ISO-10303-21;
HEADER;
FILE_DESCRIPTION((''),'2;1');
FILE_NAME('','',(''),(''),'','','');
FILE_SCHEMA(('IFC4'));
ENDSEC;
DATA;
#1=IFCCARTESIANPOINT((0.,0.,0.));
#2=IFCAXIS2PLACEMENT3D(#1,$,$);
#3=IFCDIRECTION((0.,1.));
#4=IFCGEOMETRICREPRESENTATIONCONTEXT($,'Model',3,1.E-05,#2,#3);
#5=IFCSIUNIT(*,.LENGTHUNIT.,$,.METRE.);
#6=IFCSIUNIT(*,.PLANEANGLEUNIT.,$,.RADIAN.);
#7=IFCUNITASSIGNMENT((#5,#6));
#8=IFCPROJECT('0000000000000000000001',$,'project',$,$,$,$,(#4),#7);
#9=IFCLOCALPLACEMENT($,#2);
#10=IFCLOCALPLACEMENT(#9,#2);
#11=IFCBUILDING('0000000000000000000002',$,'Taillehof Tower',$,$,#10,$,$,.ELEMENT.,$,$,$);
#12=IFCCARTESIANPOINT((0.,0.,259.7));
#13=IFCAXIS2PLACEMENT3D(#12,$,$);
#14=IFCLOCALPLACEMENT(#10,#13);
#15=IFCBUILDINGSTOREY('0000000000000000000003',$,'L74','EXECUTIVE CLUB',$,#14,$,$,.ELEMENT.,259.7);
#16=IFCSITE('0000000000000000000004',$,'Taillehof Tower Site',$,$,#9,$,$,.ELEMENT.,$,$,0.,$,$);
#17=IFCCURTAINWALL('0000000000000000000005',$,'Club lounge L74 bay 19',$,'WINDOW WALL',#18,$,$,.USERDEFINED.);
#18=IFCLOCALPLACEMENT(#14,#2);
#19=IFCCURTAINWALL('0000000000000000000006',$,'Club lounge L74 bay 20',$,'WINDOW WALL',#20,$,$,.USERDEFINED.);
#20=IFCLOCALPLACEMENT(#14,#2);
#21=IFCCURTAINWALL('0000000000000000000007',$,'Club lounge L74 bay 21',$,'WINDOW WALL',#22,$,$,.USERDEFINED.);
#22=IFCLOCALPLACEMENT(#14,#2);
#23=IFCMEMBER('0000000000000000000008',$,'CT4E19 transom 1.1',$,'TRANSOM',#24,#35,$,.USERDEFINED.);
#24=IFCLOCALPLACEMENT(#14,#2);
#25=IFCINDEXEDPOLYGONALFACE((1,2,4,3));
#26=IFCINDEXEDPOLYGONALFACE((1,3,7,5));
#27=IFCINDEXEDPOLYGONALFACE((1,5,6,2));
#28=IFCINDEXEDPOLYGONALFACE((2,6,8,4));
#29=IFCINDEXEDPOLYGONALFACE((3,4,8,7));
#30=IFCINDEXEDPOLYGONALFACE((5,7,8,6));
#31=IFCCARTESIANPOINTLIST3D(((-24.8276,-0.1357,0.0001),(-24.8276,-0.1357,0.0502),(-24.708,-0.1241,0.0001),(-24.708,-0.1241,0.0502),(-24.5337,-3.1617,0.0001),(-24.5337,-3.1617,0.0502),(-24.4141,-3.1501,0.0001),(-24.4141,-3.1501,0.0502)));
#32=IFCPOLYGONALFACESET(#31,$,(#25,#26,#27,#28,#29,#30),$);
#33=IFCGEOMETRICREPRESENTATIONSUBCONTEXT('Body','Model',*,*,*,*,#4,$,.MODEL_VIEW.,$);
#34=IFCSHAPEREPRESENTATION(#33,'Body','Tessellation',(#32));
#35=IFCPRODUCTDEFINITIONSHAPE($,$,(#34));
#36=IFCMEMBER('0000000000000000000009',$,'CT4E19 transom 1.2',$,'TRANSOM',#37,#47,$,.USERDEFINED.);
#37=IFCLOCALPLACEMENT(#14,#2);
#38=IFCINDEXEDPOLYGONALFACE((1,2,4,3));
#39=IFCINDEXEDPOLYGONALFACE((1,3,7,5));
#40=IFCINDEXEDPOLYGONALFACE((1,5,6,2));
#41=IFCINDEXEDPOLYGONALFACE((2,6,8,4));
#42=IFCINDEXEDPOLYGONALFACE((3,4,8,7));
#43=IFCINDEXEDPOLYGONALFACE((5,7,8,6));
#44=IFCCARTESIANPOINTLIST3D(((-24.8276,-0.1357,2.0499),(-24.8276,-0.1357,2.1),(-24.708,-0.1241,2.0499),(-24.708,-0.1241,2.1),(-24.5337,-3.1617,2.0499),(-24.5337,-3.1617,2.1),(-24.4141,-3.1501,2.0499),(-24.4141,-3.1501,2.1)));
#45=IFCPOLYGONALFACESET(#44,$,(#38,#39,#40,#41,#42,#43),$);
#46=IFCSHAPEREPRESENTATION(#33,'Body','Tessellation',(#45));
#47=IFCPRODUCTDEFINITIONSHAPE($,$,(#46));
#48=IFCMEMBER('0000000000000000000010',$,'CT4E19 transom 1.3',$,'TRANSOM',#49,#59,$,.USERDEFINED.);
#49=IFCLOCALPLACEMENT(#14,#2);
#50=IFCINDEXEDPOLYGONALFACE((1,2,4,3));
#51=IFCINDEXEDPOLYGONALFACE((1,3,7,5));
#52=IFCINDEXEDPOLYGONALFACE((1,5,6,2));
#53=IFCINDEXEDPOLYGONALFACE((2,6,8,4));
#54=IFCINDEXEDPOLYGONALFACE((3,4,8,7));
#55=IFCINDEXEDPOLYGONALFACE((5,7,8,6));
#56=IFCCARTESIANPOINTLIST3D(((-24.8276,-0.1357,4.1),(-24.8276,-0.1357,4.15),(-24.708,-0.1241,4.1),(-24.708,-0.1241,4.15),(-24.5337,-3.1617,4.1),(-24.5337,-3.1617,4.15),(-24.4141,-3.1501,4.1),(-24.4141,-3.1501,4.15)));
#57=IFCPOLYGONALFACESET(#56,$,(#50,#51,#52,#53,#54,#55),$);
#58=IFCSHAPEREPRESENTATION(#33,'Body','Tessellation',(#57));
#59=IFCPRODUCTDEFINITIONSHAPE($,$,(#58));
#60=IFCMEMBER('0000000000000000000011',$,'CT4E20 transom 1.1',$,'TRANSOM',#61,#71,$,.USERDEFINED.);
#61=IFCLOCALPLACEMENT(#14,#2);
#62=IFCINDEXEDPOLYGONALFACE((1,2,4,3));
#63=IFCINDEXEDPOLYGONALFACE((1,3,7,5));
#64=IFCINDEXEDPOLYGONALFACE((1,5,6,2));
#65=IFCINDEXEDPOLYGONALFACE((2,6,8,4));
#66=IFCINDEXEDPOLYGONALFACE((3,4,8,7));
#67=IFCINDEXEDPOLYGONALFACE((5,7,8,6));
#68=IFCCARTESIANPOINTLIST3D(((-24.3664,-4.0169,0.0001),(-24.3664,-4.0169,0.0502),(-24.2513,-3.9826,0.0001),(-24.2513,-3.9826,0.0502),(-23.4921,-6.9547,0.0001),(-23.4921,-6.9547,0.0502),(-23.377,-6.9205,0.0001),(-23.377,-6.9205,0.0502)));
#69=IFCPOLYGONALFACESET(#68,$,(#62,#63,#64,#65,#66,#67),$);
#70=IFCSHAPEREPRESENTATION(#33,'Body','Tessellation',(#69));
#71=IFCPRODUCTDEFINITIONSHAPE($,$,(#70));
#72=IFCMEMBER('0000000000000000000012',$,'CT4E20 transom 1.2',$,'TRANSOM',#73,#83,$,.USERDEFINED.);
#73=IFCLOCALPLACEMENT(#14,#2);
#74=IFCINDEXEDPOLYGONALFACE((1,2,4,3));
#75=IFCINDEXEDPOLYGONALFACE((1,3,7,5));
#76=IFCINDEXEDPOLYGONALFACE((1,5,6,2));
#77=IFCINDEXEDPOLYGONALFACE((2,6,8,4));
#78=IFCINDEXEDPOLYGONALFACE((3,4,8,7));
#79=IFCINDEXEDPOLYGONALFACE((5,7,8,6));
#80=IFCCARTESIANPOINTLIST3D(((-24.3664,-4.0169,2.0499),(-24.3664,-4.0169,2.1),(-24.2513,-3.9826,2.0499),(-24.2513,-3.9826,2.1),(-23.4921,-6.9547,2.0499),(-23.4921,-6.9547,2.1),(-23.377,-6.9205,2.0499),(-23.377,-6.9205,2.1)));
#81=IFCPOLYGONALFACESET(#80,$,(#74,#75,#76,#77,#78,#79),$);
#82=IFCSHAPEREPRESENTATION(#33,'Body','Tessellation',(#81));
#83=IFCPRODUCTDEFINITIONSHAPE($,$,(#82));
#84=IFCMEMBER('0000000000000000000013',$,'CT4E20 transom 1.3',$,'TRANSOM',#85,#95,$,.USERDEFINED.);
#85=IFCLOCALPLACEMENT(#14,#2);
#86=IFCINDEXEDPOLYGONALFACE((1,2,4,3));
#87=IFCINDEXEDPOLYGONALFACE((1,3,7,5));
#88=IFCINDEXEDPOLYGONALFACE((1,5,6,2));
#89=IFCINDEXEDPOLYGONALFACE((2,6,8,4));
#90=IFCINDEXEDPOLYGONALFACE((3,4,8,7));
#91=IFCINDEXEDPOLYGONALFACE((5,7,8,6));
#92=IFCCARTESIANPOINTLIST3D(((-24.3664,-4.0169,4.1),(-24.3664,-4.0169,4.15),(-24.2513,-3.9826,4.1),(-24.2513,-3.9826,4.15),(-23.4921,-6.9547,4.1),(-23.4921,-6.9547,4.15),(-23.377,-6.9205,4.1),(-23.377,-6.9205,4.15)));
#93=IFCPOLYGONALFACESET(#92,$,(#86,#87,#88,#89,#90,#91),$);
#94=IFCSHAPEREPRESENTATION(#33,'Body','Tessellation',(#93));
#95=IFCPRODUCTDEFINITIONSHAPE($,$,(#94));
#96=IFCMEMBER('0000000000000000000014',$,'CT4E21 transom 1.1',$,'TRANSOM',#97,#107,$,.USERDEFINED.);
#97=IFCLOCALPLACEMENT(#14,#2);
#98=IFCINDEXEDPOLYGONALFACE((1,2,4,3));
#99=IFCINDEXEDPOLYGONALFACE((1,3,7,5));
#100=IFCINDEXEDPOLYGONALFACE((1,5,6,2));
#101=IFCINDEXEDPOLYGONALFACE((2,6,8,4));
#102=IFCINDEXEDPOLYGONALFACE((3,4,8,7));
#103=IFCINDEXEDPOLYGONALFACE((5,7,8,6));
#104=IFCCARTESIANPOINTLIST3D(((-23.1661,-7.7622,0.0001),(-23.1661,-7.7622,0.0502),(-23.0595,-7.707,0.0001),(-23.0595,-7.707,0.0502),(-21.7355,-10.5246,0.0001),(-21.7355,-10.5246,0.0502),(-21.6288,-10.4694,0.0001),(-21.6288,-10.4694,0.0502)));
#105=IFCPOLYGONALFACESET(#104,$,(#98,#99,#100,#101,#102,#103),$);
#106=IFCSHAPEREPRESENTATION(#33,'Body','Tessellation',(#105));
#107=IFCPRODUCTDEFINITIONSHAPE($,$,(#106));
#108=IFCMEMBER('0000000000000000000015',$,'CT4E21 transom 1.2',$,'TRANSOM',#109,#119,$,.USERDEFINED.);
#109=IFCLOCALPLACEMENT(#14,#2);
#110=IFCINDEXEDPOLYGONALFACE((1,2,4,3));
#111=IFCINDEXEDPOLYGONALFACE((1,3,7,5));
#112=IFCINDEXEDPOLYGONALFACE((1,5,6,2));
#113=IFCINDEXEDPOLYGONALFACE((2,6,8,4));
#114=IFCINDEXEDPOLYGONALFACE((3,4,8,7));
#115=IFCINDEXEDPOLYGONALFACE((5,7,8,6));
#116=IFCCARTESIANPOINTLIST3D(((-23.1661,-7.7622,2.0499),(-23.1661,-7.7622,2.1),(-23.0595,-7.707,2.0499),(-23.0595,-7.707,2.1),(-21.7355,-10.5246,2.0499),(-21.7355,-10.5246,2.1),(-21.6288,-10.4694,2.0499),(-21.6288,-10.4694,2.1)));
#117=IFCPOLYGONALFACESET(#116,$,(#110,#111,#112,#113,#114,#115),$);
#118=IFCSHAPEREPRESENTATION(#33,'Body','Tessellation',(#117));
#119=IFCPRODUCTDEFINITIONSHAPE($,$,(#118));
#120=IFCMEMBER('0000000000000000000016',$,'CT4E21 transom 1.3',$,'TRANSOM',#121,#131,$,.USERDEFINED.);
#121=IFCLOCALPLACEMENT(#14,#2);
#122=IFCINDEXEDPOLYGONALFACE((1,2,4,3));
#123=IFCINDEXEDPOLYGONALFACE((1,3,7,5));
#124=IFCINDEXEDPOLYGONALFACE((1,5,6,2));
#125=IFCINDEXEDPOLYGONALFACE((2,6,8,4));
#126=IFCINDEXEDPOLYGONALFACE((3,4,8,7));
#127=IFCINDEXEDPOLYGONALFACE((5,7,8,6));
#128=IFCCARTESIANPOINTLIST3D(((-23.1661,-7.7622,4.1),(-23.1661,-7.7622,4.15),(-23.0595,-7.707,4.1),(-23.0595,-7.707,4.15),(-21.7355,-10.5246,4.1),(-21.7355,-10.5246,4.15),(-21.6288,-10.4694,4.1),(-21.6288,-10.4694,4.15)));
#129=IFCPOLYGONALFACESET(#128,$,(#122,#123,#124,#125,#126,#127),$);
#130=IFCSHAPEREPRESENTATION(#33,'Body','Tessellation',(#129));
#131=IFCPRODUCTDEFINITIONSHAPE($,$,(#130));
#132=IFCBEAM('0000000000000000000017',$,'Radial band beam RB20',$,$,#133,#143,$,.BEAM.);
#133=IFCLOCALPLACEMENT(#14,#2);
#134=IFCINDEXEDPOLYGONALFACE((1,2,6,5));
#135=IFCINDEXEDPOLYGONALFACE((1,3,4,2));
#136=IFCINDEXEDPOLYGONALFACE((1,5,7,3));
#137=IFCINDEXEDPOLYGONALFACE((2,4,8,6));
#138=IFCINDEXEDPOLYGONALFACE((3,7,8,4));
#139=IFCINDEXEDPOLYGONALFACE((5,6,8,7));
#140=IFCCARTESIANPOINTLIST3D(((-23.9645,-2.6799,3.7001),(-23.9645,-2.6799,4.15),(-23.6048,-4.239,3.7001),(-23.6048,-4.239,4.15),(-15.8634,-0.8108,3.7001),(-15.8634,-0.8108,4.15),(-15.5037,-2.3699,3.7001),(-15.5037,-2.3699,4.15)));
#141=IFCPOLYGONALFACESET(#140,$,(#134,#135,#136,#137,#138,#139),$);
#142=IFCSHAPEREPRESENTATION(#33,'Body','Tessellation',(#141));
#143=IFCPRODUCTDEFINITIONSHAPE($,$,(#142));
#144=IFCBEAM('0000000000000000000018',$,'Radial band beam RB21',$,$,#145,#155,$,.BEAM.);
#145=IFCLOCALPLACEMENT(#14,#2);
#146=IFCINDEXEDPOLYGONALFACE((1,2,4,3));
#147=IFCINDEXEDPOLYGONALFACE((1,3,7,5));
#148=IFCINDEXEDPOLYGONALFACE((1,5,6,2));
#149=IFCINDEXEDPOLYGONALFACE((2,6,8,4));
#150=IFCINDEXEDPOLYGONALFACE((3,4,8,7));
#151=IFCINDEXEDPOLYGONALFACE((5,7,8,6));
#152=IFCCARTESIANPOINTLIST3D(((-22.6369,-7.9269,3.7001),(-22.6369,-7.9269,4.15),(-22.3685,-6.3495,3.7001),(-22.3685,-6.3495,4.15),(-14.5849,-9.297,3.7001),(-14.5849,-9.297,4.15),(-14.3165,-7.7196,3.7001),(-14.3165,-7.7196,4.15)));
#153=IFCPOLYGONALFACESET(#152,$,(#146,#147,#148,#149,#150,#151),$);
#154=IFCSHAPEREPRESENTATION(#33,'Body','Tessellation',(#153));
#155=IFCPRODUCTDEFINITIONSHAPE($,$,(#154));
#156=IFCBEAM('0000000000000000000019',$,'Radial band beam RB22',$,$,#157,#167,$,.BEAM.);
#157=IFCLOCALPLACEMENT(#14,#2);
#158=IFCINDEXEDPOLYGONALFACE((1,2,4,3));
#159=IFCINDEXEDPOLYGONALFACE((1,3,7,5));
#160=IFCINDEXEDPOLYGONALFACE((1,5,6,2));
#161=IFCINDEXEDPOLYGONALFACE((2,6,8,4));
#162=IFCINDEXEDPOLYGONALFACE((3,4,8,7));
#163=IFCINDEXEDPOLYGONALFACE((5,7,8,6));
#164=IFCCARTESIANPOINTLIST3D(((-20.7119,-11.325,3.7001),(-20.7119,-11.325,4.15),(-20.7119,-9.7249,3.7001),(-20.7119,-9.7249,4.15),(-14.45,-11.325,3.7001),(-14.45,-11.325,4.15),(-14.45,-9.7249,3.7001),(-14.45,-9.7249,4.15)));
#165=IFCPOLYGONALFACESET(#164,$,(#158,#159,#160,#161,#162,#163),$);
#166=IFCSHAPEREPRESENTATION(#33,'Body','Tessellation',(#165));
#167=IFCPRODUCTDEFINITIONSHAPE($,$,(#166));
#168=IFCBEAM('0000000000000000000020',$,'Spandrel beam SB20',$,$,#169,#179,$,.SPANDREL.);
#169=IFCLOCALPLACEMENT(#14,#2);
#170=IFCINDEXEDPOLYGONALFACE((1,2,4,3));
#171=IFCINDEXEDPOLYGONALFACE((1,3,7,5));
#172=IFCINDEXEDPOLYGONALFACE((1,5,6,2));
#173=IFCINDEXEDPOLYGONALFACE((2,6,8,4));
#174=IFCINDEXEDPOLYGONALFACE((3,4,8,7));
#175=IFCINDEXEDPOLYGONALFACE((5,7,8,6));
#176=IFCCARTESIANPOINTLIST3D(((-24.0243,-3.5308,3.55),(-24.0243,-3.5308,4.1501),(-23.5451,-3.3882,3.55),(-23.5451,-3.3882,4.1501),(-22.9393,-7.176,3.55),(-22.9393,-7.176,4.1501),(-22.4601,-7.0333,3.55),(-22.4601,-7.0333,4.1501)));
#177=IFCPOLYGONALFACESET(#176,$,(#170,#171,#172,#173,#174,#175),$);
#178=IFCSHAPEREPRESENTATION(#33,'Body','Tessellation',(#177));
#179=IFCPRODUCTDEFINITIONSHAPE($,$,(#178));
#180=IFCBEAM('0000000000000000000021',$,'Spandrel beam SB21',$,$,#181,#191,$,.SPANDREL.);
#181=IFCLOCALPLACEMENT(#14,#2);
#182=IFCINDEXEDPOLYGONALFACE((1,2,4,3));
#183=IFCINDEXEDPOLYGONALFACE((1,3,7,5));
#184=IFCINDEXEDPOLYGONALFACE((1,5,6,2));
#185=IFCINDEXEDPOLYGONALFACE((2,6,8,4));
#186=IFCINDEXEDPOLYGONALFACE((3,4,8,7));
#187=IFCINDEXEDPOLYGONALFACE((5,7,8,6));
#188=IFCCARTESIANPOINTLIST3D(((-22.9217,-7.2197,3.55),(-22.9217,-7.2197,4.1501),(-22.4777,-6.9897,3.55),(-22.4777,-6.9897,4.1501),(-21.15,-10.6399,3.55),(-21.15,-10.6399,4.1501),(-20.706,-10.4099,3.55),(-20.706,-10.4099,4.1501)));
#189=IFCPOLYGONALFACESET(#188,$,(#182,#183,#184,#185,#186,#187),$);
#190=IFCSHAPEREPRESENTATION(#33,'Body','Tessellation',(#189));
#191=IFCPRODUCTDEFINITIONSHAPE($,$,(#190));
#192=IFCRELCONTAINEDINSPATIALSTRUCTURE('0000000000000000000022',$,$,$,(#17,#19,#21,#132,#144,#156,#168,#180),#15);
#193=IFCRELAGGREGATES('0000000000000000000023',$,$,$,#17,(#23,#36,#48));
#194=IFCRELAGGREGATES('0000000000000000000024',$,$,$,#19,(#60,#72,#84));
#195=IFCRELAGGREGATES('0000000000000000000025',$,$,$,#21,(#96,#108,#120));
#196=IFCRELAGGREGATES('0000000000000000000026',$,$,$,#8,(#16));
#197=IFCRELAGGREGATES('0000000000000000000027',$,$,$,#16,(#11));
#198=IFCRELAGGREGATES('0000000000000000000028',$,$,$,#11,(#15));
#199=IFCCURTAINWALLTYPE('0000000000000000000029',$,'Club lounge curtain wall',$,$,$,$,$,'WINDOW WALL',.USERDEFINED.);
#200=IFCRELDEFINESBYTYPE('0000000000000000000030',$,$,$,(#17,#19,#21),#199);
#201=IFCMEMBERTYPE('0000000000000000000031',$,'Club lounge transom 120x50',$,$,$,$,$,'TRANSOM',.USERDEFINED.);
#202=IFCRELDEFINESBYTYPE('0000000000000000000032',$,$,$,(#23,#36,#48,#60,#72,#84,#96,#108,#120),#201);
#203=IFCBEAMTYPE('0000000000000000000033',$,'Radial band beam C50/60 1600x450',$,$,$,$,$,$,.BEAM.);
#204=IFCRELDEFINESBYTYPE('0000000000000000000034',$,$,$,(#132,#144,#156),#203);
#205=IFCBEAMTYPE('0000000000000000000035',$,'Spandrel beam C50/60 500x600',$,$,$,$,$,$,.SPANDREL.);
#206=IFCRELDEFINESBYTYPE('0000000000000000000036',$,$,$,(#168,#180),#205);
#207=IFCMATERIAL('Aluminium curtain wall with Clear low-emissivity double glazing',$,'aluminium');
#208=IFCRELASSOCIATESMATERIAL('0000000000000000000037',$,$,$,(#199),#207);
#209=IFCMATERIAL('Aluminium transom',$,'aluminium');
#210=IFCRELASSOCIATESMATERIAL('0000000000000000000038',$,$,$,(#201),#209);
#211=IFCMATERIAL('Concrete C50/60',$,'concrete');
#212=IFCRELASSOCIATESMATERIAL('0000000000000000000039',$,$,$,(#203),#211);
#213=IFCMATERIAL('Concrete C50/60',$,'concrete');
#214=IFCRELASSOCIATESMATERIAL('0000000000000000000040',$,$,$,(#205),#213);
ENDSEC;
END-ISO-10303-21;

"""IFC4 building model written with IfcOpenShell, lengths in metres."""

from ifc_helpers import new_model, si_unit, direction, frame, origin, origin_2d, place, context, subcontext, project, spatial, rectangle, extrude, material, material_profile, profile_set, type_object, element, aggregate, save


model = new_model("IFC4")

# Units and contexts
model_context = context("Model", 3, precision=1e-05, world=origin(), true_north=direction((0.0, 1.0)))
body_context = subcontext(model_context, "Body", "Model", "MODEL_VIEW")
ifc_project = project(units=[si_unit("LENGTHUNIT", "METRE"), si_unit("PLANEANGLEUNIT", "RADIAN")], contexts=[model_context])

# Site, building, storey
site_placement = place(None, origin())
site = spatial("IfcSite", under=ifc_project, at=site_placement, Name="Taillehof Tower Site", CompositionType="ELEMENT", RefElevation=0.0)
building_placement = place(site_placement, origin())
building = spatial("IfcBuilding", under=site, at=building_placement, Name="Taillehof Tower", CompositionType="ELEMENT")
storey_placement = place(building_placement, frame((0.0, 0.0, 259.7)))
storey = spatial("IfcBuildingStorey", under=building, at=storey_placement, Name="L74", Description="EXECUTIVE CLUB", CompositionType="ELEMENT", Elevation=259.7)

# Curtain walls
ifc_material_1 = material(Name="Aluminium curtain wall with Clear low-emissivity double glazing", Category="aluminium")
curtain_wall_type = type_object("IfcCurtainWallType", Name="Club lounge curtain wall", ElementType="WINDOW WALL", PredefinedType="USERDEFINED", material=ifc_material_1)
curtain_wall_1_placement = place(storey_placement, origin())
curtain_wall_1 = element("IfcCurtainWall", 1, at=curtain_wall_1_placement, inside=storey, type_object=curtain_wall_type, Name="Club lounge L74 bay 19", ObjectType="WINDOW WALL", PredefinedType="USERDEFINED")
curtain_wall_2_placement = place(storey_placement, origin())
curtain_wall_2 = element("IfcCurtainWall", 2, at=curtain_wall_2_placement, inside=storey, type_object=curtain_wall_type, Name="Club lounge L74 bay 20", ObjectType="WINDOW WALL", PredefinedType="USERDEFINED")
curtain_wall_3_placement = place(storey_placement, origin())
curtain_wall_3 = element("IfcCurtainWall", 3, at=curtain_wall_3_placement, inside=storey, type_object=curtain_wall_type, Name="Club lounge L74 bay 21", ObjectType="WINDOW WALL", PredefinedType="USERDEFINED")

# Members
ifc_material_2 = material(Name="Aluminium transom", Category="aluminium")
ifc_material_profile_1 = material_profile(ifc_material_2, rectangle(XDim=0.1201, YDim=0.05, at=origin_2d()), Name="AL 120x50")
ifc_profile_set_1 = profile_set([ifc_material_profile_1], Name="Aluminium transom")
member_type_1 = type_object("IfcMemberType", Name="Club lounge transom 120x50", ElementType="TRANSOM", PredefinedType="USERDEFINED", material=ifc_profile_set_1)
member_1_placement = place(storey_placement, frame((-24.7678, -0.1299, 0.0251), z_axis=(0.096681, -0.995315, 0.0), x_axis=(0.995315, 0.096681, 0.0)))
member_1 = element("IfcMember", 4, at=member_1_placement, type_object=member_type_1, Name="CT4E19 transom 1.1", ObjectType="TRANSOM", PredefinedType="USERDEFINED", context=body_context, shape_type="SweptSolid", body=[
    extrude(rectangle(XDim=0.1201, YDim=0.05, at=origin_2d()), origin(), (0.0, 0.0, 1.0), 3.0403),
])
member_2_placement = place(storey_placement, frame((-24.7678, -0.1299, 2.075), z_axis=(0.096681, -0.995315, 0.0), x_axis=(0.995315, 0.096681, 0.0)))
member_2 = element("IfcMember", 5, at=member_2_placement, type_object=member_type_1, Name="CT4E19 transom 1.2", ObjectType="TRANSOM", PredefinedType="USERDEFINED", context=body_context, shape_type="SweptSolid", body=[
    extrude(rectangle(XDim=0.1201, YDim=0.05, at=origin_2d()), origin(), (0.0, 0.0, 1.0), 3.0403),
])
member_3_placement = place(storey_placement, frame((-24.7678, -0.1299, 4.125), z_axis=(0.096681, -0.995315, 0.0), x_axis=(0.995315, 0.096681, 0.0)))
member_3 = element("IfcMember", 6, at=member_3_placement, type_object=member_type_1, Name="CT4E19 transom 1.3", ObjectType="TRANSOM", PredefinedType="USERDEFINED", context=body_context, shape_type="SweptSolid", body=[
    extrude(rectangle(XDim=0.1201, YDim=0.05, at=origin_2d()), origin(), (0.0, 0.0, 1.0), 3.0403),
])
member_4_placement = place(storey_placement, frame((-24.3088, -3.9998, 0.0251), z_axis=(0.285235, -0.958458, 0.0), x_axis=(0.958458, 0.285235, 0.0)))
member_4 = element("IfcMember", 7, at=member_4_placement, type_object=member_type_1, Name="CT4E20 transom 1.1", ObjectType="TRANSOM", PredefinedType="USERDEFINED", context=body_context, shape_type="SweptSolid", body=[
    extrude(rectangle(XDim=0.1201, YDim=0.05, at=origin_2d()), origin(), (0.0, 0.0, 1.0), 3.0652),
])
member_5_placement = place(storey_placement, frame((-24.3088, -3.9998, 2.075), z_axis=(0.285235, -0.958458, 0.0), x_axis=(0.958458, 0.285235, 0.0)))
member_5 = element("IfcMember", 8, at=member_5_placement, type_object=member_type_1, Name="CT4E20 transom 1.2", ObjectType="TRANSOM", PredefinedType="USERDEFINED", context=body_context, shape_type="SweptSolid", body=[
    extrude(rectangle(XDim=0.1201, YDim=0.05, at=origin_2d()), origin(), (0.0, 0.0, 1.0), 3.0652),
])
member_6_placement = place(storey_placement, frame((-24.3088, -3.9998, 4.125), z_axis=(0.285235, -0.958458, 0.0), x_axis=(0.958458, 0.285235, 0.0)))
member_6 = element("IfcMember", 9, at=member_6_placement, type_object=member_type_1, Name="CT4E20 transom 1.3", ObjectType="TRANSOM", PredefinedType="USERDEFINED", context=body_context, shape_type="SweptSolid", body=[
    extrude(rectangle(XDim=0.1201, YDim=0.05, at=origin_2d()), origin(), (0.0, 0.0, 1.0), 3.0652),
])
member_7_placement = place(storey_placement, frame((-23.1128, -7.7346, 0.0251), z_axis=(0.459882, -0.88798, 0.0), x_axis=(0.88798, 0.459882, 0.0)))
member_7 = element("IfcMember", 10, at=member_7_placement, type_object=member_type_1, Name="CT4E21 transom 1.1", ObjectType="TRANSOM", PredefinedType="USERDEFINED", context=body_context, shape_type="SweptSolid", body=[
    extrude(rectangle(XDim=0.1201, YDim=0.05, at=origin_2d()), origin(), (0.0, 0.0, 1.0), 3.1108),
])
member_8_placement = place(storey_placement, frame((-23.1128, -7.7346, 2.075), z_axis=(0.459882, -0.88798, 0.0), x_axis=(0.88798, 0.459882, 0.0)))
member_8 = element("IfcMember", 11, at=member_8_placement, type_object=member_type_1, Name="CT4E21 transom 1.2", ObjectType="TRANSOM", PredefinedType="USERDEFINED", context=body_context, shape_type="SweptSolid", body=[
    extrude(rectangle(XDim=0.1201, YDim=0.05, at=origin_2d()), origin(), (0.0, 0.0, 1.0), 3.1108),
])
member_9_placement = place(storey_placement, frame((-23.1128, -7.7346, 4.125), z_axis=(0.459882, -0.88798, 0.0), x_axis=(0.88798, 0.459882, 0.0)))
member_9 = element("IfcMember", 12, at=member_9_placement, type_object=member_type_1, Name="CT4E21 transom 1.3", ObjectType="TRANSOM", PredefinedType="USERDEFINED", context=body_context, shape_type="SweptSolid", body=[
    extrude(rectangle(XDim=0.1201, YDim=0.05, at=origin_2d()), origin(), (0.0, 0.0, 1.0), 3.1108),
])

# Beams
ifc_material_3 = material(Name="Concrete C50/60", Category="concrete")
ifc_material_profile_2 = material_profile(ifc_material_3, rectangle(XDim=1.6001, YDim=0.45, at=origin_2d()), Name="RC 1600x450")
ifc_profile_set_2 = profile_set([ifc_material_profile_2], Name="Concrete C50/60")
beam_type_1 = type_object("IfcBeamType", Name="Radial band beam C50/60 1600x450", PredefinedType="BEAM", material=ifc_profile_set_2)
beam_1_placement = place(storey_placement, frame((-23.7847, -3.4595, 3.925), z_axis=(0.9744, 0.224821, 0.0), x_axis=(-0.224821, 0.9744, 0.0)))
element("IfcBeam", 13, at=beam_1_placement, inside=storey, type_object=beam_type_1, Name="Radial band beam RB20", PredefinedType="BEAM", context=body_context, shape_type="SweptSolid", body=[
    extrude(rectangle(XDim=1.6001, YDim=0.45, at=origin_2d()), origin(), (0.0, 0.0, 1.0), 8.314),
])
beam_2_placement = place(storey_placement, frame((-22.5027, -7.1382, 3.925), z_axis=(0.98583, -0.167747, 0.0), x_axis=(0.167747, 0.98583, 0.0)))
element("IfcBeam", 14, at=beam_2_placement, inside=storey, type_object=beam_type_1, Name="Radial band beam RB21", PredefinedType="BEAM", context=body_context, shape_type="SweptSolid", body=[
    extrude(rectangle(XDim=1.6001, YDim=0.45, at=origin_2d()), origin(), (0.0, 0.0, 1.0), 8.1677),
])
beam_3_placement = place(storey_placement, frame((-20.7119, -10.5249, 3.925), z_axis=(1.0, 0.0, 0.0), x_axis=(0.0, 1.0, 0.0)))
element("IfcBeam", 15, at=beam_3_placement, inside=storey, type_object=beam_type_1, Name="Radial band beam RB22", PredefinedType="BEAM", context=body_context, shape_type="SweptSolid", body=[
    extrude(rectangle(XDim=1.6001, YDim=0.45, at=origin_2d()), origin(), (0.0, 0.0, 1.0), 6.262),
])
ifc_material_4 = material(Name="Concrete C50/60", Category="concrete")
ifc_material_profile_3 = material_profile(ifc_material_4, rectangle(XDim=0.5, YDim=0.6001, at=origin_2d()), Name="RC 500x600")
ifc_profile_set_3 = profile_set([ifc_material_profile_3], Name="Concrete C50/60")
beam_type_2 = type_object("IfcBeamType", Name="Spandrel beam C50/60 500x600", PredefinedType="SPANDREL", material=ifc_profile_set_3)
beam_4_placement = place(storey_placement, frame((-23.7847, -3.4595, 3.8501), z_axis=(0.285268, -0.958448, 0.0), x_axis=(0.958448, 0.285268, 0.0)))
element("IfcBeam", 16, at=beam_4_placement, inside=storey, type_object=beam_type_2, Name="Spandrel beam SB20", PredefinedType="SPANDREL", context=body_context, shape_type="SweptSolid", body=[
    extrude(rectangle(XDim=0.5, YDim=0.6001, at=origin_2d()), origin(), (0.0, 0.0, 1.0), 3.8032),
])
beam_5_placement = place(storey_placement, frame((-22.6997, -7.1047, 3.8501), z_axis=(0.459971, -0.887934, 0.0), x_axis=(0.887934, 0.459971, 0.0)))
element("IfcBeam", 17, at=beam_5_placement, inside=storey, type_object=beam_type_2, Name="Spandrel beam SB21", PredefinedType="SPANDREL", context=body_context, shape_type="SweptSolid", body=[
    extrude(rectangle(XDim=0.5, YDim=0.6001, at=origin_2d()), origin(), (0.0, 0.0, 1.0), 3.8518),
])

aggregate(curtain_wall_1, [member_1, member_2, member_3])
aggregate(curtain_wall_2, [member_4, member_5, member_6])
aggregate(curtain_wall_3, [member_7, member_8, member_9])

save(model, "model.ifc")
